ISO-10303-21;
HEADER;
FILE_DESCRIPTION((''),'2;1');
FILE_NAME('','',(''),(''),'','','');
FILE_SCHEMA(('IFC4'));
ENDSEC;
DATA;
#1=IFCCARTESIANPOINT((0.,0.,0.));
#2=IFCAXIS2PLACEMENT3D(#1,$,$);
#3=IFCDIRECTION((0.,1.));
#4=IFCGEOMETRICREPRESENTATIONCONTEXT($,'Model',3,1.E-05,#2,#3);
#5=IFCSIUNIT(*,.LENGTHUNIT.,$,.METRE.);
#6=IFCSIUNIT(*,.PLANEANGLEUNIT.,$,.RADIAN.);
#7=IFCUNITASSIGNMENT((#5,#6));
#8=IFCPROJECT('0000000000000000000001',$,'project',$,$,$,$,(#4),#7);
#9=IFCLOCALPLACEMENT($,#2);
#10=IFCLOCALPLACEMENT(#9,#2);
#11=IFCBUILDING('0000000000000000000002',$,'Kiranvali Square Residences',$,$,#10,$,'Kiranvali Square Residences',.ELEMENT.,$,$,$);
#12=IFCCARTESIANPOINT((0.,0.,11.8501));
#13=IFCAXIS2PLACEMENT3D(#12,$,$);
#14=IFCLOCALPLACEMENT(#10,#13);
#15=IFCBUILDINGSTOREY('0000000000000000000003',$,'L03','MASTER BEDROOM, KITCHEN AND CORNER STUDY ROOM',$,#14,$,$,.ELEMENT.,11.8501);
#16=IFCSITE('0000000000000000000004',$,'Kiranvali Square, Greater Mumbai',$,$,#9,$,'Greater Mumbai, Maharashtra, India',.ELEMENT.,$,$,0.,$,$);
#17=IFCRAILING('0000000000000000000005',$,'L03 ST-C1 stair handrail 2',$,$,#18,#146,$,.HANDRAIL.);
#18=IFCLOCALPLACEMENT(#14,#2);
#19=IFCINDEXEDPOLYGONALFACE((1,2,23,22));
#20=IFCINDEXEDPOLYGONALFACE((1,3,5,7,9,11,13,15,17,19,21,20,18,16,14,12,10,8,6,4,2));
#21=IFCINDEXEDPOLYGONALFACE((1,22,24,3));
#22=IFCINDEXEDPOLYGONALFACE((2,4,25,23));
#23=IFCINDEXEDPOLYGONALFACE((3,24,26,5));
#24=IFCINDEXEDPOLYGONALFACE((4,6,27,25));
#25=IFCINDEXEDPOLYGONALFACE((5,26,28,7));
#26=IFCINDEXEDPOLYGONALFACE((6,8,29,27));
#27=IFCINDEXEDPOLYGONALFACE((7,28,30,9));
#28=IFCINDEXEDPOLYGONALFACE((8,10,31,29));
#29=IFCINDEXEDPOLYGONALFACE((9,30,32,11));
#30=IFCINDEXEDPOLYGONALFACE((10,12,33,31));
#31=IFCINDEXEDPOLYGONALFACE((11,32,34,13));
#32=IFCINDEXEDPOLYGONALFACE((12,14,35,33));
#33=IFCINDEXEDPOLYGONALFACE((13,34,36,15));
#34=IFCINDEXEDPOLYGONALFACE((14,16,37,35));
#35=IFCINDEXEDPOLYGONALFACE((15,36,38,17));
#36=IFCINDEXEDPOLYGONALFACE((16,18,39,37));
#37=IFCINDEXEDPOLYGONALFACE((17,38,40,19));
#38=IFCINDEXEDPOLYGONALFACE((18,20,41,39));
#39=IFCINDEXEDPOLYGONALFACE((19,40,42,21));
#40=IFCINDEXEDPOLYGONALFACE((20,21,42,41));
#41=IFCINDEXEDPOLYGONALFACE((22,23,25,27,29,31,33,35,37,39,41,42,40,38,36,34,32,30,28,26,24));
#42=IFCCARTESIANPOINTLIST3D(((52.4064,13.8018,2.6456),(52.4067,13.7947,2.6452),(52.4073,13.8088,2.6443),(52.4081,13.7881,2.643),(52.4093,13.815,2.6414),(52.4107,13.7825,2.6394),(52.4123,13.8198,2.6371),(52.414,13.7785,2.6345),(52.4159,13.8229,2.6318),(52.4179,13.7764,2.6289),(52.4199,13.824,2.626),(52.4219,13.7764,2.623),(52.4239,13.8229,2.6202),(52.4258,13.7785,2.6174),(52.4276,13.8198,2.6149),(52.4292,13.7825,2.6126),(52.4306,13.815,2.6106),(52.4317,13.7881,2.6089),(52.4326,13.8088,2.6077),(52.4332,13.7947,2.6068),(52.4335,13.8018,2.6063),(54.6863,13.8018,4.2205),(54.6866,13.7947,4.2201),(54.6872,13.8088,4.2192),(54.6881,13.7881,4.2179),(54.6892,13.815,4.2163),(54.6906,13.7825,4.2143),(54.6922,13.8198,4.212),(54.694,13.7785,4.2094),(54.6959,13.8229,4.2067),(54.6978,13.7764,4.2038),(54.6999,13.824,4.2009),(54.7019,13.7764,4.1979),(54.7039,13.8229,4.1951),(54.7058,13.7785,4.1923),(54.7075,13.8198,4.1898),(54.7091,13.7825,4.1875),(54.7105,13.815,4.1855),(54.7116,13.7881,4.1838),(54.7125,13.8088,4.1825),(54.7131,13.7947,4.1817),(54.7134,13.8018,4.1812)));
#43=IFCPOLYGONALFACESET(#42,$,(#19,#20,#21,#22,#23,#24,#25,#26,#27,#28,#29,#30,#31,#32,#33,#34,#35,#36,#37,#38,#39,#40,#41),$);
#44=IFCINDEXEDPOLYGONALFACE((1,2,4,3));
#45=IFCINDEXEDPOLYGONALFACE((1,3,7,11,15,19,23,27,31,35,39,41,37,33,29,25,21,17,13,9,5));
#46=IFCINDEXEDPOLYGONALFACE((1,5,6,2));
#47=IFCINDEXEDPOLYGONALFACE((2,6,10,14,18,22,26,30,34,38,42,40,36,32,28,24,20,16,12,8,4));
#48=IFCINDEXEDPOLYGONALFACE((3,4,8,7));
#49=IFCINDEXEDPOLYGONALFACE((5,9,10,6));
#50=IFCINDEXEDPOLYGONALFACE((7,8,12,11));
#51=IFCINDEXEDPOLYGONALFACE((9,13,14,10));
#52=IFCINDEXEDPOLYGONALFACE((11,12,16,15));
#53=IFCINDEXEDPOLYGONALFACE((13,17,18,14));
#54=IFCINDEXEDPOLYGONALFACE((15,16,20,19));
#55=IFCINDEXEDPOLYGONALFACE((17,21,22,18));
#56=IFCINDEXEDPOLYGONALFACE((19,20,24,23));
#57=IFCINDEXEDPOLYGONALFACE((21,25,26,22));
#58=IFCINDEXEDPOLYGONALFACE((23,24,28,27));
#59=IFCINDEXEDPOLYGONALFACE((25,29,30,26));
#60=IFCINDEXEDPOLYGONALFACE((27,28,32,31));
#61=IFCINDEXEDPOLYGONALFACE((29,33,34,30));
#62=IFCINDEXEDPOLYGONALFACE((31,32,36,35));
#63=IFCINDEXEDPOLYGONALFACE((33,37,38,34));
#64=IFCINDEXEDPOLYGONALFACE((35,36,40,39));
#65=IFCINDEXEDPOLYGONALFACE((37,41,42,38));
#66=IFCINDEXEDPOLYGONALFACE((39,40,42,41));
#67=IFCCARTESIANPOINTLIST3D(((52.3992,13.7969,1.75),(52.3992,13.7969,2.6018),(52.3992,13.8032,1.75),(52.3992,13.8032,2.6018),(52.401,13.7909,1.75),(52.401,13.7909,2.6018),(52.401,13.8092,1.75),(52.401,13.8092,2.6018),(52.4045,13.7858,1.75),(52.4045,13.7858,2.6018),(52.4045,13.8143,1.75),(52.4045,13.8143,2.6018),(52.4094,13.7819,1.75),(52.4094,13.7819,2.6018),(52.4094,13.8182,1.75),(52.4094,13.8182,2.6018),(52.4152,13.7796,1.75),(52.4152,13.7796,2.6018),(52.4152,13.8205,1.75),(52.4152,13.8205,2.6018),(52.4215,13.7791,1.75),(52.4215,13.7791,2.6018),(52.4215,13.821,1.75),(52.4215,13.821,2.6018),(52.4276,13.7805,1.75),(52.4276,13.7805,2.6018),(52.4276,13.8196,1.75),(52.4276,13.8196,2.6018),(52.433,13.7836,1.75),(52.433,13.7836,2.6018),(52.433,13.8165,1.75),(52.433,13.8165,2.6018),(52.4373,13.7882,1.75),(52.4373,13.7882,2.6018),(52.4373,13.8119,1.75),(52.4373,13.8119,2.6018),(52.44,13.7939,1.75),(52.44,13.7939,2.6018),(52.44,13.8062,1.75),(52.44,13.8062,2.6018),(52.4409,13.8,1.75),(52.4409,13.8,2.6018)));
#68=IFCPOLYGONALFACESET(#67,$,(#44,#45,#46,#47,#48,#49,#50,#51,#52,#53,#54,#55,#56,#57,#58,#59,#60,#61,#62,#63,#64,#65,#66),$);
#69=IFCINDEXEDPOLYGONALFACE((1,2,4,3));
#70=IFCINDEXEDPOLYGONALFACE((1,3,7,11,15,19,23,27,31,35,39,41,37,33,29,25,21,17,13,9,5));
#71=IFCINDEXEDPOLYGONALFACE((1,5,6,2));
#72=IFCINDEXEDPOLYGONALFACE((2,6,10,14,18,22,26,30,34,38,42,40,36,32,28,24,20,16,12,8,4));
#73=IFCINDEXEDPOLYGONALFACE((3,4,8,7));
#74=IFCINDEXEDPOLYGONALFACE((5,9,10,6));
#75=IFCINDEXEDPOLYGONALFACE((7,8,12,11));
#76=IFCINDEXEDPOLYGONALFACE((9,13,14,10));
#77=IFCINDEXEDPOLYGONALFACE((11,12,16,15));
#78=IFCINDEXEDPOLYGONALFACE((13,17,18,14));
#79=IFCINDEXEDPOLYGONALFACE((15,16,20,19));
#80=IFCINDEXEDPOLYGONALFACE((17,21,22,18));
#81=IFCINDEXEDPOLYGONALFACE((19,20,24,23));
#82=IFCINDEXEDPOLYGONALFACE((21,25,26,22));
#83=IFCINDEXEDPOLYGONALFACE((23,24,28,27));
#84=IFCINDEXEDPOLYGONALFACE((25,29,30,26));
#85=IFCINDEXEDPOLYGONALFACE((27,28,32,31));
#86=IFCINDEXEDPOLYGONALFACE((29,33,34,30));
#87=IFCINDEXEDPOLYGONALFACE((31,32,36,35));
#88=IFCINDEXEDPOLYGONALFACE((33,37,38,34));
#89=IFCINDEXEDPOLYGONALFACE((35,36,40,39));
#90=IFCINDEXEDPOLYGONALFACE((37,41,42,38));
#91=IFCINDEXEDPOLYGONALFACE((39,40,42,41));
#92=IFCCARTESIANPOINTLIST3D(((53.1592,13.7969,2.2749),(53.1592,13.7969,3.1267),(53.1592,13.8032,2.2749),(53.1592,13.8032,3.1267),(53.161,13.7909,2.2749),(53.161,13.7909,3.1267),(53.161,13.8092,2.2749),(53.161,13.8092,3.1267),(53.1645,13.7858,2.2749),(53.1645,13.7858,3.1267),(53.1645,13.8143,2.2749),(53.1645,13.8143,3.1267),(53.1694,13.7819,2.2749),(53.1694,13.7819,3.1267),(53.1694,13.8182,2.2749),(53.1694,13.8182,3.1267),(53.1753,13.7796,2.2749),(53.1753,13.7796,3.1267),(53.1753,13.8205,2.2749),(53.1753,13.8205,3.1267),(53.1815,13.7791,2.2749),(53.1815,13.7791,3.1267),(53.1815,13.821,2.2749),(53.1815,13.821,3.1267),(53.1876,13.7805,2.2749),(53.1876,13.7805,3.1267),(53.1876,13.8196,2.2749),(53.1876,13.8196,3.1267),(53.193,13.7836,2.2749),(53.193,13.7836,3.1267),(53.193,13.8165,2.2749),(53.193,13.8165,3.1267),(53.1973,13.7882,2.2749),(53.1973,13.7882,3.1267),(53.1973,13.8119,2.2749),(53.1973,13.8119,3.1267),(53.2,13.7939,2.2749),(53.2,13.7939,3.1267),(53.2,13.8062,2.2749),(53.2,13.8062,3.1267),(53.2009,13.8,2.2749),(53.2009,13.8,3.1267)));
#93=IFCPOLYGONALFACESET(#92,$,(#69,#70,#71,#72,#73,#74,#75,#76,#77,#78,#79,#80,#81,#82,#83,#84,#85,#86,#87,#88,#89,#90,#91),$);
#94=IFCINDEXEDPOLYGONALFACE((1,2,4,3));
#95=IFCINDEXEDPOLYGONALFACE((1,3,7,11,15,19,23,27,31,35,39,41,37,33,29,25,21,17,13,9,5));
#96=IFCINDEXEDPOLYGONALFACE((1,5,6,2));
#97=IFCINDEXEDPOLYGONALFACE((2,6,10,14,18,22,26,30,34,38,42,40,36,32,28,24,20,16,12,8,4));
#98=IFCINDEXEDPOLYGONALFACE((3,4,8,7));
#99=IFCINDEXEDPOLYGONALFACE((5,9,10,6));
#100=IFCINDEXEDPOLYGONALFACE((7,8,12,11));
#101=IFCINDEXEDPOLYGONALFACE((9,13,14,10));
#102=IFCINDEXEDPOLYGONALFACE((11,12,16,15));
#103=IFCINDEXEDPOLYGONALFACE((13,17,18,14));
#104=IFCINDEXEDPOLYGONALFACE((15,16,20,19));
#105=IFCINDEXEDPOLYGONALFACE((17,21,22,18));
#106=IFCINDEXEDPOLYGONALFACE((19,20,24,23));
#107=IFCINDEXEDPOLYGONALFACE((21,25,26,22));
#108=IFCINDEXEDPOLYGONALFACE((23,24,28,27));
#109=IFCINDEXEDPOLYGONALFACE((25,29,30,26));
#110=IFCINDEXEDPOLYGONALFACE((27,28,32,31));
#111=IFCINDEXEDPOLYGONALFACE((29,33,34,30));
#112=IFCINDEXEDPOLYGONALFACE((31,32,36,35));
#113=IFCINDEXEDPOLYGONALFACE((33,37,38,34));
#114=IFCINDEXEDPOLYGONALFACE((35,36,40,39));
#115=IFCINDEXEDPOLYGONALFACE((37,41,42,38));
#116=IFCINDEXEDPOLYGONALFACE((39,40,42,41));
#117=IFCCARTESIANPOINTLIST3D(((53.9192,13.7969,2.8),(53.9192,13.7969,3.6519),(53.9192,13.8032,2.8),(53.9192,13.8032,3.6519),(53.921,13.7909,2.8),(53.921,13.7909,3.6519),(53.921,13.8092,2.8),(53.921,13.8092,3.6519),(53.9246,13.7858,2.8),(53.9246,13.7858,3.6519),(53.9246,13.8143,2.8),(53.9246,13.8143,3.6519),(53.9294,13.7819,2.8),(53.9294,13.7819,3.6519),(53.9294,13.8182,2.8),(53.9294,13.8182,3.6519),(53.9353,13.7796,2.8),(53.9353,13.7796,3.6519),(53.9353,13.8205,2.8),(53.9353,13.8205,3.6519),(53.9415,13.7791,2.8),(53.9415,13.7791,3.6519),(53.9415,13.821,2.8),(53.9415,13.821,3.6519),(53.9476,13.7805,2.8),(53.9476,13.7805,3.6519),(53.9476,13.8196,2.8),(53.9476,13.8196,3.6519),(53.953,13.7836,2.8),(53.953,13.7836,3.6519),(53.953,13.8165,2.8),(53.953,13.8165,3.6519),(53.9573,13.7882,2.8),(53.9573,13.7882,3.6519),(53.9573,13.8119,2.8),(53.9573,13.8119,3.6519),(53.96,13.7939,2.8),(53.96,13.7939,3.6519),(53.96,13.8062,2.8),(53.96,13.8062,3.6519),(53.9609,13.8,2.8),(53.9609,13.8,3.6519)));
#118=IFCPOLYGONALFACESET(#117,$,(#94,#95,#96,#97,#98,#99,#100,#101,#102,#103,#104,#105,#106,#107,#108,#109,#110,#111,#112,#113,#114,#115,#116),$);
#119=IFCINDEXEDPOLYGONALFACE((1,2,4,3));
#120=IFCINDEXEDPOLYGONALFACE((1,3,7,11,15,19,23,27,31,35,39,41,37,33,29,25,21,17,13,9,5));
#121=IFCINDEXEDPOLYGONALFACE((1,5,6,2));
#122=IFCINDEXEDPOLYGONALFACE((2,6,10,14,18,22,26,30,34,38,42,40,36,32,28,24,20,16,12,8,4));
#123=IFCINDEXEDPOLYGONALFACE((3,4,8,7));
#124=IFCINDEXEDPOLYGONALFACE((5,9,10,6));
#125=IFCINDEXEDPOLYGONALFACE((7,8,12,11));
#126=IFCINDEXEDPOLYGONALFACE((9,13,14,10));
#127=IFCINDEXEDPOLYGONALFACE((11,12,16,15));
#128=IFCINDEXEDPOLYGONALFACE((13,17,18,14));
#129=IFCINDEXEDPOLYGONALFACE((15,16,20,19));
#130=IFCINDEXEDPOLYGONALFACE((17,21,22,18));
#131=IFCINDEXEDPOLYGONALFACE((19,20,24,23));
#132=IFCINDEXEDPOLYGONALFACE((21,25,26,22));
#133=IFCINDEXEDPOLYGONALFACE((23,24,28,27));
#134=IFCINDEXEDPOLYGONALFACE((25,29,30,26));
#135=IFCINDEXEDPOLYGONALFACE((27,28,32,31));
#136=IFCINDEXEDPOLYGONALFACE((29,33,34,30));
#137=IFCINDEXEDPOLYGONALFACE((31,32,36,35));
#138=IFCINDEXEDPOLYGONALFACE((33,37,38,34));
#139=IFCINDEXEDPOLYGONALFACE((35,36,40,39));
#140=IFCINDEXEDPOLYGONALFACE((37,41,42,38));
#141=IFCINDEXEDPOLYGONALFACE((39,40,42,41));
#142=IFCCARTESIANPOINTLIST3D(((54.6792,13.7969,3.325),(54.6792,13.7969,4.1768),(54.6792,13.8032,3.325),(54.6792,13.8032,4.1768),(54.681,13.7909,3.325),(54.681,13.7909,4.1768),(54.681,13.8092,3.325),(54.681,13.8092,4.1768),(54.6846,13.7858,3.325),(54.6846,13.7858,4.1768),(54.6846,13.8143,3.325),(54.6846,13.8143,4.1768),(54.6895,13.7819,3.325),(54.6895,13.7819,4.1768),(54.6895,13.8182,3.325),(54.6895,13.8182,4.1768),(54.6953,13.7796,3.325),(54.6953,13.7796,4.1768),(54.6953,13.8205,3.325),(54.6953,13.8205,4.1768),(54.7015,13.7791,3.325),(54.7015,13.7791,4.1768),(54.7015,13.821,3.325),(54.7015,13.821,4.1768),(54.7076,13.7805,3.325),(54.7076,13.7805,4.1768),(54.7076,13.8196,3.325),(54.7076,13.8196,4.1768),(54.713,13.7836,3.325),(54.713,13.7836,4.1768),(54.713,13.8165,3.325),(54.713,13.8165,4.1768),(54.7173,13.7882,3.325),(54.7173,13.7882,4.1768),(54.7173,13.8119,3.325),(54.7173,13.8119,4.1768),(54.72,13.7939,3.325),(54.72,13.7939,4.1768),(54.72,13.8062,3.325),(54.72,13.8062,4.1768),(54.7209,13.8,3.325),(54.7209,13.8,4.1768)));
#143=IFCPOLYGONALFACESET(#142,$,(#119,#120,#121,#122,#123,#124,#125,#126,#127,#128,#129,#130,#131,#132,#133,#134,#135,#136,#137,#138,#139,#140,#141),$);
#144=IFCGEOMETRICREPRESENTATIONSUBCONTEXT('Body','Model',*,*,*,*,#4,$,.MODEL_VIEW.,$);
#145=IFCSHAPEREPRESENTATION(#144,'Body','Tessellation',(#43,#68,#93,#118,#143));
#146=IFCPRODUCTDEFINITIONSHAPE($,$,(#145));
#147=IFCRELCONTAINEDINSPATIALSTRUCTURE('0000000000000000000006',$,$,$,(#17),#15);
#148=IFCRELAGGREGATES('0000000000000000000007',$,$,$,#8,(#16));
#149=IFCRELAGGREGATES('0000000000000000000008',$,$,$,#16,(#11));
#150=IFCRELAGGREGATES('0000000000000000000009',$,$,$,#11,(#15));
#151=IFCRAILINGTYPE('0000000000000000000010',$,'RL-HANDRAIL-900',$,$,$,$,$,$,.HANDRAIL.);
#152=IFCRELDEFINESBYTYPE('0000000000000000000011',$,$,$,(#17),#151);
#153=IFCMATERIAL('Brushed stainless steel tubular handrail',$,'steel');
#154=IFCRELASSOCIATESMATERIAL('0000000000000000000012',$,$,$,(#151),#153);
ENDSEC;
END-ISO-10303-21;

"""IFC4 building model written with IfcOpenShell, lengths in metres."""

from ifc_helpers import new_model, si_unit, direction, frame, origin, origin_2d, place, context, subcontext, project, spatial, circle, extrude, material, type_object, element, save


model = new_model("IFC4")

# Units and contexts
model_context = context("Model", 3, precision=1e-05, world=origin(), true_north=direction((0.0, 1.0)))
body_context = subcontext(model_context, "Body", "Model", "MODEL_VIEW")
ifc_project = project(units=[si_unit("LENGTHUNIT", "METRE"), si_unit("PLANEANGLEUNIT", "RADIAN")], contexts=[model_context])

# Site, building, storey
site_placement = place(None, origin())
site = spatial("IfcSite", under=ifc_project, at=site_placement, Name="Kiranvali Square, Greater Mumbai", LongName="Greater Mumbai, Maharashtra, India", CompositionType="ELEMENT", RefElevation=0.0)
building_placement = place(site_placement, origin())
building = spatial("IfcBuilding", under=site, at=building_placement, Name="Kiranvali Square Residences", LongName="Kiranvali Square Residences", CompositionType="ELEMENT")
storey_placement = place(building_placement, frame((0.0, 0.0, 11.8501)))
storey = spatial("IfcBuildingStorey", under=building, at=storey_placement, Name="L03", Description="MASTER BEDROOM, KITCHEN AND CORNER STUDY ROOM", CompositionType="ELEMENT", Elevation=11.8501)

# Railing
ifc_material_1 = material(Name="Brushed stainless steel tubular handrail", Category="steel")
railing_type_1 = type_object("IfcRailingType", Name="RL-HANDRAIL-900", PredefinedType="HANDRAIL", material=ifc_material_1)
railing_1_placement = place(storey_placement, frame((52.4199, 13.8, 1.75)))
element("IfcRailing", 1, at=railing_1_placement, inside=storey, type_object=railing_type_1, Name="L03 ST-C1 stair handrail 2", PredefinedType="HANDRAIL", context=body_context, shape_type="SweptSolid", body=[
    extrude(circle(Radius=0.0239, at=origin_2d()), frame((0.0, 0.0, 0.876), z_axis=(0.822788, 0.0, 0.568348), x_axis=(0.0, 1.0, 0.0)), (0.0, 0.0, 1.0), 2.771),
    extrude(circle(Radius=0.021, at=origin_2d()), origin(), (0.0, 0.0, 1.0), 0.8518),
    extrude(circle(Radius=0.021, at=origin_2d()), frame((0.76, 0.0, 0.5249)), (0.0, 0.0, 1.0), 0.8518),
    extrude(circle(Radius=0.021, at=origin_2d()), frame((1.52, 0.0, 1.05)), (0.0, 0.0, 1.0), 0.8518),
    extrude(circle(Radius=0.021, at=origin_2d()), frame((2.28, 0.0, 1.575)), (0.0, 0.0, 1.0), 0.8518),
])

save(model, "model.ifc")
